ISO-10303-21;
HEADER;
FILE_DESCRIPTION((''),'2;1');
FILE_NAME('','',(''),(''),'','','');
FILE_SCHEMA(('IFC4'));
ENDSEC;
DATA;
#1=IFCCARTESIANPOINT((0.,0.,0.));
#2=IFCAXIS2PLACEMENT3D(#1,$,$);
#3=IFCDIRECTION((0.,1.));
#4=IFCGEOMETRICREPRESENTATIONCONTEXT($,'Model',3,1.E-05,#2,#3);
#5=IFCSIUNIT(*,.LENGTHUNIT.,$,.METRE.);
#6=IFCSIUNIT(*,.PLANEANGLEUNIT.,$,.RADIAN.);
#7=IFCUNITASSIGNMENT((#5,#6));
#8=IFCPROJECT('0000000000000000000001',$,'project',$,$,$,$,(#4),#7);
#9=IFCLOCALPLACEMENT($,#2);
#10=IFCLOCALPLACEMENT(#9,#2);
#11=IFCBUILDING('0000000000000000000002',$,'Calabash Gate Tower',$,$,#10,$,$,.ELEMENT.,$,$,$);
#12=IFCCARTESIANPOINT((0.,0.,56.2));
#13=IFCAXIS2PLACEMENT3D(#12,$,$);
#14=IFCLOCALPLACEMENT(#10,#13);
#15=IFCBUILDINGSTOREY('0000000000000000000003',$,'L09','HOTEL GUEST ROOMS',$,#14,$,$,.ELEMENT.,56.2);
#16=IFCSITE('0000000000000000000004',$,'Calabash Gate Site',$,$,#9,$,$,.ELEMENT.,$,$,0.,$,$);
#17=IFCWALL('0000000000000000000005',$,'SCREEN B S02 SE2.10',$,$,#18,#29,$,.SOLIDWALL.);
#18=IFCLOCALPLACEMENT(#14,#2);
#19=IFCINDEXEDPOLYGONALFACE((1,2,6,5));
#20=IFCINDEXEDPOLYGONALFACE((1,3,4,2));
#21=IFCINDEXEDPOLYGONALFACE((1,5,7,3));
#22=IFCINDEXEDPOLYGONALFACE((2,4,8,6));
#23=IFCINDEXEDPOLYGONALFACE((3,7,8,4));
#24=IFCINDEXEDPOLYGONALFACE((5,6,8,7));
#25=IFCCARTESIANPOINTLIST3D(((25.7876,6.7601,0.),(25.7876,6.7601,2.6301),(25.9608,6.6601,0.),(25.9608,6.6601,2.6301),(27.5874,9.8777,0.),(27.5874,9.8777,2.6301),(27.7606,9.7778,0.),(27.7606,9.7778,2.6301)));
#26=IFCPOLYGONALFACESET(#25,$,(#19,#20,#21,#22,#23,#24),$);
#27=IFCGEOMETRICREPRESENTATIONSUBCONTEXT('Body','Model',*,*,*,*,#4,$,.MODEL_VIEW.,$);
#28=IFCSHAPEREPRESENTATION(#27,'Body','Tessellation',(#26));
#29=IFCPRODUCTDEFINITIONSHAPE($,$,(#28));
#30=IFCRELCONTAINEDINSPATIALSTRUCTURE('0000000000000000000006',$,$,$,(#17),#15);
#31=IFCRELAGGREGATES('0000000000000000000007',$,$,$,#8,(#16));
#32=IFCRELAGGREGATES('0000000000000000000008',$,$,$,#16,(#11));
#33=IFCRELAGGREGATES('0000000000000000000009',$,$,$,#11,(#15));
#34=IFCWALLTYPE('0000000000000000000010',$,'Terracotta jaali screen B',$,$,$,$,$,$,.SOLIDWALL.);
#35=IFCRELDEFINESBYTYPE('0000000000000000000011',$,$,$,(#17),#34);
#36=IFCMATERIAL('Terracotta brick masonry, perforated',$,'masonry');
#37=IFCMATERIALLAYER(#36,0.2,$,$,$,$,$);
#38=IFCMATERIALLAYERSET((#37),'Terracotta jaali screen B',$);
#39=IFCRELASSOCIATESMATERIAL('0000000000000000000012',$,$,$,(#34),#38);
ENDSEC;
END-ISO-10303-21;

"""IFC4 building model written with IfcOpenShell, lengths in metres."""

from ifc_helpers import new_model, si_unit, direction, frame, frame_2d, origin, place, context, subcontext, project, spatial, rectangle, extrude, material, layer, layer_set, type_object, element, save


model = new_model("IFC4")

# Units and contexts
model_context = context("Model", 3, precision=1e-05, world=origin(), true_north=direction((0.0, 1.0)))
body_context = subcontext(model_context, "Body", "Model", "MODEL_VIEW")
ifc_project = project(units=[si_unit("LENGTHUNIT", "METRE"), si_unit("PLANEANGLEUNIT", "RADIAN")], contexts=[model_context])

# Site, building, storey
site_placement = place(None, origin())
site = spatial("IfcSite", under=ifc_project, at=site_placement, Name="Calabash Gate Site", CompositionType="ELEMENT", RefElevation=0.0)
building_placement = place(site_placement, origin())
building = spatial("IfcBuilding", under=site, at=building_placement, Name="Calabash Gate Tower", CompositionType="ELEMENT")
storey_placement = place(building_placement, frame((0.0, 0.0, 56.2)))
storey = spatial("IfcBuildingStorey", under=building, at=storey_placement, Name="L09", Description="HOTEL GUEST ROOMS", CompositionType="ELEMENT", Elevation=56.2)

# Wall
ifc_material_1 = material(Name="Terracotta brick masonry, perforated", Category="masonry")
ifc_layer_1 = layer(ifc_material_1, 0.2)
ifc_layer_set_1 = layer_set([ifc_layer_1], Name="Terracotta jaali screen B")
wall_type_1 = type_object("IfcWallType", Name="Terracotta jaali screen B", PredefinedType="SOLIDWALL", material=ifc_layer_set_1)
for number, where, z_axis, x_axis, name in (
    (1, (25.8743, 6.7102, 0.0), (0.0, 0.0, 1.0), (0.499961, 0.866048, 0.0), "SCREEN B S02 SE2.10"),
):
    element("IfcWall", number, at=place(storey_placement, frame(where, z_axis=z_axis, x_axis=x_axis)), inside=storey, type_object=wall_type_1, Name=name, PredefinedType="SOLIDWALL", context=body_context, shape_type="SweptSolid", body=[
        extrude(rectangle(XDim=3.5999, YDim=0.2, at=frame_2d((1.7998, 0.0))), origin(), (0.0, 0.0, 1.0), 2.6301),
    ])

save(model, "model.ifc")
